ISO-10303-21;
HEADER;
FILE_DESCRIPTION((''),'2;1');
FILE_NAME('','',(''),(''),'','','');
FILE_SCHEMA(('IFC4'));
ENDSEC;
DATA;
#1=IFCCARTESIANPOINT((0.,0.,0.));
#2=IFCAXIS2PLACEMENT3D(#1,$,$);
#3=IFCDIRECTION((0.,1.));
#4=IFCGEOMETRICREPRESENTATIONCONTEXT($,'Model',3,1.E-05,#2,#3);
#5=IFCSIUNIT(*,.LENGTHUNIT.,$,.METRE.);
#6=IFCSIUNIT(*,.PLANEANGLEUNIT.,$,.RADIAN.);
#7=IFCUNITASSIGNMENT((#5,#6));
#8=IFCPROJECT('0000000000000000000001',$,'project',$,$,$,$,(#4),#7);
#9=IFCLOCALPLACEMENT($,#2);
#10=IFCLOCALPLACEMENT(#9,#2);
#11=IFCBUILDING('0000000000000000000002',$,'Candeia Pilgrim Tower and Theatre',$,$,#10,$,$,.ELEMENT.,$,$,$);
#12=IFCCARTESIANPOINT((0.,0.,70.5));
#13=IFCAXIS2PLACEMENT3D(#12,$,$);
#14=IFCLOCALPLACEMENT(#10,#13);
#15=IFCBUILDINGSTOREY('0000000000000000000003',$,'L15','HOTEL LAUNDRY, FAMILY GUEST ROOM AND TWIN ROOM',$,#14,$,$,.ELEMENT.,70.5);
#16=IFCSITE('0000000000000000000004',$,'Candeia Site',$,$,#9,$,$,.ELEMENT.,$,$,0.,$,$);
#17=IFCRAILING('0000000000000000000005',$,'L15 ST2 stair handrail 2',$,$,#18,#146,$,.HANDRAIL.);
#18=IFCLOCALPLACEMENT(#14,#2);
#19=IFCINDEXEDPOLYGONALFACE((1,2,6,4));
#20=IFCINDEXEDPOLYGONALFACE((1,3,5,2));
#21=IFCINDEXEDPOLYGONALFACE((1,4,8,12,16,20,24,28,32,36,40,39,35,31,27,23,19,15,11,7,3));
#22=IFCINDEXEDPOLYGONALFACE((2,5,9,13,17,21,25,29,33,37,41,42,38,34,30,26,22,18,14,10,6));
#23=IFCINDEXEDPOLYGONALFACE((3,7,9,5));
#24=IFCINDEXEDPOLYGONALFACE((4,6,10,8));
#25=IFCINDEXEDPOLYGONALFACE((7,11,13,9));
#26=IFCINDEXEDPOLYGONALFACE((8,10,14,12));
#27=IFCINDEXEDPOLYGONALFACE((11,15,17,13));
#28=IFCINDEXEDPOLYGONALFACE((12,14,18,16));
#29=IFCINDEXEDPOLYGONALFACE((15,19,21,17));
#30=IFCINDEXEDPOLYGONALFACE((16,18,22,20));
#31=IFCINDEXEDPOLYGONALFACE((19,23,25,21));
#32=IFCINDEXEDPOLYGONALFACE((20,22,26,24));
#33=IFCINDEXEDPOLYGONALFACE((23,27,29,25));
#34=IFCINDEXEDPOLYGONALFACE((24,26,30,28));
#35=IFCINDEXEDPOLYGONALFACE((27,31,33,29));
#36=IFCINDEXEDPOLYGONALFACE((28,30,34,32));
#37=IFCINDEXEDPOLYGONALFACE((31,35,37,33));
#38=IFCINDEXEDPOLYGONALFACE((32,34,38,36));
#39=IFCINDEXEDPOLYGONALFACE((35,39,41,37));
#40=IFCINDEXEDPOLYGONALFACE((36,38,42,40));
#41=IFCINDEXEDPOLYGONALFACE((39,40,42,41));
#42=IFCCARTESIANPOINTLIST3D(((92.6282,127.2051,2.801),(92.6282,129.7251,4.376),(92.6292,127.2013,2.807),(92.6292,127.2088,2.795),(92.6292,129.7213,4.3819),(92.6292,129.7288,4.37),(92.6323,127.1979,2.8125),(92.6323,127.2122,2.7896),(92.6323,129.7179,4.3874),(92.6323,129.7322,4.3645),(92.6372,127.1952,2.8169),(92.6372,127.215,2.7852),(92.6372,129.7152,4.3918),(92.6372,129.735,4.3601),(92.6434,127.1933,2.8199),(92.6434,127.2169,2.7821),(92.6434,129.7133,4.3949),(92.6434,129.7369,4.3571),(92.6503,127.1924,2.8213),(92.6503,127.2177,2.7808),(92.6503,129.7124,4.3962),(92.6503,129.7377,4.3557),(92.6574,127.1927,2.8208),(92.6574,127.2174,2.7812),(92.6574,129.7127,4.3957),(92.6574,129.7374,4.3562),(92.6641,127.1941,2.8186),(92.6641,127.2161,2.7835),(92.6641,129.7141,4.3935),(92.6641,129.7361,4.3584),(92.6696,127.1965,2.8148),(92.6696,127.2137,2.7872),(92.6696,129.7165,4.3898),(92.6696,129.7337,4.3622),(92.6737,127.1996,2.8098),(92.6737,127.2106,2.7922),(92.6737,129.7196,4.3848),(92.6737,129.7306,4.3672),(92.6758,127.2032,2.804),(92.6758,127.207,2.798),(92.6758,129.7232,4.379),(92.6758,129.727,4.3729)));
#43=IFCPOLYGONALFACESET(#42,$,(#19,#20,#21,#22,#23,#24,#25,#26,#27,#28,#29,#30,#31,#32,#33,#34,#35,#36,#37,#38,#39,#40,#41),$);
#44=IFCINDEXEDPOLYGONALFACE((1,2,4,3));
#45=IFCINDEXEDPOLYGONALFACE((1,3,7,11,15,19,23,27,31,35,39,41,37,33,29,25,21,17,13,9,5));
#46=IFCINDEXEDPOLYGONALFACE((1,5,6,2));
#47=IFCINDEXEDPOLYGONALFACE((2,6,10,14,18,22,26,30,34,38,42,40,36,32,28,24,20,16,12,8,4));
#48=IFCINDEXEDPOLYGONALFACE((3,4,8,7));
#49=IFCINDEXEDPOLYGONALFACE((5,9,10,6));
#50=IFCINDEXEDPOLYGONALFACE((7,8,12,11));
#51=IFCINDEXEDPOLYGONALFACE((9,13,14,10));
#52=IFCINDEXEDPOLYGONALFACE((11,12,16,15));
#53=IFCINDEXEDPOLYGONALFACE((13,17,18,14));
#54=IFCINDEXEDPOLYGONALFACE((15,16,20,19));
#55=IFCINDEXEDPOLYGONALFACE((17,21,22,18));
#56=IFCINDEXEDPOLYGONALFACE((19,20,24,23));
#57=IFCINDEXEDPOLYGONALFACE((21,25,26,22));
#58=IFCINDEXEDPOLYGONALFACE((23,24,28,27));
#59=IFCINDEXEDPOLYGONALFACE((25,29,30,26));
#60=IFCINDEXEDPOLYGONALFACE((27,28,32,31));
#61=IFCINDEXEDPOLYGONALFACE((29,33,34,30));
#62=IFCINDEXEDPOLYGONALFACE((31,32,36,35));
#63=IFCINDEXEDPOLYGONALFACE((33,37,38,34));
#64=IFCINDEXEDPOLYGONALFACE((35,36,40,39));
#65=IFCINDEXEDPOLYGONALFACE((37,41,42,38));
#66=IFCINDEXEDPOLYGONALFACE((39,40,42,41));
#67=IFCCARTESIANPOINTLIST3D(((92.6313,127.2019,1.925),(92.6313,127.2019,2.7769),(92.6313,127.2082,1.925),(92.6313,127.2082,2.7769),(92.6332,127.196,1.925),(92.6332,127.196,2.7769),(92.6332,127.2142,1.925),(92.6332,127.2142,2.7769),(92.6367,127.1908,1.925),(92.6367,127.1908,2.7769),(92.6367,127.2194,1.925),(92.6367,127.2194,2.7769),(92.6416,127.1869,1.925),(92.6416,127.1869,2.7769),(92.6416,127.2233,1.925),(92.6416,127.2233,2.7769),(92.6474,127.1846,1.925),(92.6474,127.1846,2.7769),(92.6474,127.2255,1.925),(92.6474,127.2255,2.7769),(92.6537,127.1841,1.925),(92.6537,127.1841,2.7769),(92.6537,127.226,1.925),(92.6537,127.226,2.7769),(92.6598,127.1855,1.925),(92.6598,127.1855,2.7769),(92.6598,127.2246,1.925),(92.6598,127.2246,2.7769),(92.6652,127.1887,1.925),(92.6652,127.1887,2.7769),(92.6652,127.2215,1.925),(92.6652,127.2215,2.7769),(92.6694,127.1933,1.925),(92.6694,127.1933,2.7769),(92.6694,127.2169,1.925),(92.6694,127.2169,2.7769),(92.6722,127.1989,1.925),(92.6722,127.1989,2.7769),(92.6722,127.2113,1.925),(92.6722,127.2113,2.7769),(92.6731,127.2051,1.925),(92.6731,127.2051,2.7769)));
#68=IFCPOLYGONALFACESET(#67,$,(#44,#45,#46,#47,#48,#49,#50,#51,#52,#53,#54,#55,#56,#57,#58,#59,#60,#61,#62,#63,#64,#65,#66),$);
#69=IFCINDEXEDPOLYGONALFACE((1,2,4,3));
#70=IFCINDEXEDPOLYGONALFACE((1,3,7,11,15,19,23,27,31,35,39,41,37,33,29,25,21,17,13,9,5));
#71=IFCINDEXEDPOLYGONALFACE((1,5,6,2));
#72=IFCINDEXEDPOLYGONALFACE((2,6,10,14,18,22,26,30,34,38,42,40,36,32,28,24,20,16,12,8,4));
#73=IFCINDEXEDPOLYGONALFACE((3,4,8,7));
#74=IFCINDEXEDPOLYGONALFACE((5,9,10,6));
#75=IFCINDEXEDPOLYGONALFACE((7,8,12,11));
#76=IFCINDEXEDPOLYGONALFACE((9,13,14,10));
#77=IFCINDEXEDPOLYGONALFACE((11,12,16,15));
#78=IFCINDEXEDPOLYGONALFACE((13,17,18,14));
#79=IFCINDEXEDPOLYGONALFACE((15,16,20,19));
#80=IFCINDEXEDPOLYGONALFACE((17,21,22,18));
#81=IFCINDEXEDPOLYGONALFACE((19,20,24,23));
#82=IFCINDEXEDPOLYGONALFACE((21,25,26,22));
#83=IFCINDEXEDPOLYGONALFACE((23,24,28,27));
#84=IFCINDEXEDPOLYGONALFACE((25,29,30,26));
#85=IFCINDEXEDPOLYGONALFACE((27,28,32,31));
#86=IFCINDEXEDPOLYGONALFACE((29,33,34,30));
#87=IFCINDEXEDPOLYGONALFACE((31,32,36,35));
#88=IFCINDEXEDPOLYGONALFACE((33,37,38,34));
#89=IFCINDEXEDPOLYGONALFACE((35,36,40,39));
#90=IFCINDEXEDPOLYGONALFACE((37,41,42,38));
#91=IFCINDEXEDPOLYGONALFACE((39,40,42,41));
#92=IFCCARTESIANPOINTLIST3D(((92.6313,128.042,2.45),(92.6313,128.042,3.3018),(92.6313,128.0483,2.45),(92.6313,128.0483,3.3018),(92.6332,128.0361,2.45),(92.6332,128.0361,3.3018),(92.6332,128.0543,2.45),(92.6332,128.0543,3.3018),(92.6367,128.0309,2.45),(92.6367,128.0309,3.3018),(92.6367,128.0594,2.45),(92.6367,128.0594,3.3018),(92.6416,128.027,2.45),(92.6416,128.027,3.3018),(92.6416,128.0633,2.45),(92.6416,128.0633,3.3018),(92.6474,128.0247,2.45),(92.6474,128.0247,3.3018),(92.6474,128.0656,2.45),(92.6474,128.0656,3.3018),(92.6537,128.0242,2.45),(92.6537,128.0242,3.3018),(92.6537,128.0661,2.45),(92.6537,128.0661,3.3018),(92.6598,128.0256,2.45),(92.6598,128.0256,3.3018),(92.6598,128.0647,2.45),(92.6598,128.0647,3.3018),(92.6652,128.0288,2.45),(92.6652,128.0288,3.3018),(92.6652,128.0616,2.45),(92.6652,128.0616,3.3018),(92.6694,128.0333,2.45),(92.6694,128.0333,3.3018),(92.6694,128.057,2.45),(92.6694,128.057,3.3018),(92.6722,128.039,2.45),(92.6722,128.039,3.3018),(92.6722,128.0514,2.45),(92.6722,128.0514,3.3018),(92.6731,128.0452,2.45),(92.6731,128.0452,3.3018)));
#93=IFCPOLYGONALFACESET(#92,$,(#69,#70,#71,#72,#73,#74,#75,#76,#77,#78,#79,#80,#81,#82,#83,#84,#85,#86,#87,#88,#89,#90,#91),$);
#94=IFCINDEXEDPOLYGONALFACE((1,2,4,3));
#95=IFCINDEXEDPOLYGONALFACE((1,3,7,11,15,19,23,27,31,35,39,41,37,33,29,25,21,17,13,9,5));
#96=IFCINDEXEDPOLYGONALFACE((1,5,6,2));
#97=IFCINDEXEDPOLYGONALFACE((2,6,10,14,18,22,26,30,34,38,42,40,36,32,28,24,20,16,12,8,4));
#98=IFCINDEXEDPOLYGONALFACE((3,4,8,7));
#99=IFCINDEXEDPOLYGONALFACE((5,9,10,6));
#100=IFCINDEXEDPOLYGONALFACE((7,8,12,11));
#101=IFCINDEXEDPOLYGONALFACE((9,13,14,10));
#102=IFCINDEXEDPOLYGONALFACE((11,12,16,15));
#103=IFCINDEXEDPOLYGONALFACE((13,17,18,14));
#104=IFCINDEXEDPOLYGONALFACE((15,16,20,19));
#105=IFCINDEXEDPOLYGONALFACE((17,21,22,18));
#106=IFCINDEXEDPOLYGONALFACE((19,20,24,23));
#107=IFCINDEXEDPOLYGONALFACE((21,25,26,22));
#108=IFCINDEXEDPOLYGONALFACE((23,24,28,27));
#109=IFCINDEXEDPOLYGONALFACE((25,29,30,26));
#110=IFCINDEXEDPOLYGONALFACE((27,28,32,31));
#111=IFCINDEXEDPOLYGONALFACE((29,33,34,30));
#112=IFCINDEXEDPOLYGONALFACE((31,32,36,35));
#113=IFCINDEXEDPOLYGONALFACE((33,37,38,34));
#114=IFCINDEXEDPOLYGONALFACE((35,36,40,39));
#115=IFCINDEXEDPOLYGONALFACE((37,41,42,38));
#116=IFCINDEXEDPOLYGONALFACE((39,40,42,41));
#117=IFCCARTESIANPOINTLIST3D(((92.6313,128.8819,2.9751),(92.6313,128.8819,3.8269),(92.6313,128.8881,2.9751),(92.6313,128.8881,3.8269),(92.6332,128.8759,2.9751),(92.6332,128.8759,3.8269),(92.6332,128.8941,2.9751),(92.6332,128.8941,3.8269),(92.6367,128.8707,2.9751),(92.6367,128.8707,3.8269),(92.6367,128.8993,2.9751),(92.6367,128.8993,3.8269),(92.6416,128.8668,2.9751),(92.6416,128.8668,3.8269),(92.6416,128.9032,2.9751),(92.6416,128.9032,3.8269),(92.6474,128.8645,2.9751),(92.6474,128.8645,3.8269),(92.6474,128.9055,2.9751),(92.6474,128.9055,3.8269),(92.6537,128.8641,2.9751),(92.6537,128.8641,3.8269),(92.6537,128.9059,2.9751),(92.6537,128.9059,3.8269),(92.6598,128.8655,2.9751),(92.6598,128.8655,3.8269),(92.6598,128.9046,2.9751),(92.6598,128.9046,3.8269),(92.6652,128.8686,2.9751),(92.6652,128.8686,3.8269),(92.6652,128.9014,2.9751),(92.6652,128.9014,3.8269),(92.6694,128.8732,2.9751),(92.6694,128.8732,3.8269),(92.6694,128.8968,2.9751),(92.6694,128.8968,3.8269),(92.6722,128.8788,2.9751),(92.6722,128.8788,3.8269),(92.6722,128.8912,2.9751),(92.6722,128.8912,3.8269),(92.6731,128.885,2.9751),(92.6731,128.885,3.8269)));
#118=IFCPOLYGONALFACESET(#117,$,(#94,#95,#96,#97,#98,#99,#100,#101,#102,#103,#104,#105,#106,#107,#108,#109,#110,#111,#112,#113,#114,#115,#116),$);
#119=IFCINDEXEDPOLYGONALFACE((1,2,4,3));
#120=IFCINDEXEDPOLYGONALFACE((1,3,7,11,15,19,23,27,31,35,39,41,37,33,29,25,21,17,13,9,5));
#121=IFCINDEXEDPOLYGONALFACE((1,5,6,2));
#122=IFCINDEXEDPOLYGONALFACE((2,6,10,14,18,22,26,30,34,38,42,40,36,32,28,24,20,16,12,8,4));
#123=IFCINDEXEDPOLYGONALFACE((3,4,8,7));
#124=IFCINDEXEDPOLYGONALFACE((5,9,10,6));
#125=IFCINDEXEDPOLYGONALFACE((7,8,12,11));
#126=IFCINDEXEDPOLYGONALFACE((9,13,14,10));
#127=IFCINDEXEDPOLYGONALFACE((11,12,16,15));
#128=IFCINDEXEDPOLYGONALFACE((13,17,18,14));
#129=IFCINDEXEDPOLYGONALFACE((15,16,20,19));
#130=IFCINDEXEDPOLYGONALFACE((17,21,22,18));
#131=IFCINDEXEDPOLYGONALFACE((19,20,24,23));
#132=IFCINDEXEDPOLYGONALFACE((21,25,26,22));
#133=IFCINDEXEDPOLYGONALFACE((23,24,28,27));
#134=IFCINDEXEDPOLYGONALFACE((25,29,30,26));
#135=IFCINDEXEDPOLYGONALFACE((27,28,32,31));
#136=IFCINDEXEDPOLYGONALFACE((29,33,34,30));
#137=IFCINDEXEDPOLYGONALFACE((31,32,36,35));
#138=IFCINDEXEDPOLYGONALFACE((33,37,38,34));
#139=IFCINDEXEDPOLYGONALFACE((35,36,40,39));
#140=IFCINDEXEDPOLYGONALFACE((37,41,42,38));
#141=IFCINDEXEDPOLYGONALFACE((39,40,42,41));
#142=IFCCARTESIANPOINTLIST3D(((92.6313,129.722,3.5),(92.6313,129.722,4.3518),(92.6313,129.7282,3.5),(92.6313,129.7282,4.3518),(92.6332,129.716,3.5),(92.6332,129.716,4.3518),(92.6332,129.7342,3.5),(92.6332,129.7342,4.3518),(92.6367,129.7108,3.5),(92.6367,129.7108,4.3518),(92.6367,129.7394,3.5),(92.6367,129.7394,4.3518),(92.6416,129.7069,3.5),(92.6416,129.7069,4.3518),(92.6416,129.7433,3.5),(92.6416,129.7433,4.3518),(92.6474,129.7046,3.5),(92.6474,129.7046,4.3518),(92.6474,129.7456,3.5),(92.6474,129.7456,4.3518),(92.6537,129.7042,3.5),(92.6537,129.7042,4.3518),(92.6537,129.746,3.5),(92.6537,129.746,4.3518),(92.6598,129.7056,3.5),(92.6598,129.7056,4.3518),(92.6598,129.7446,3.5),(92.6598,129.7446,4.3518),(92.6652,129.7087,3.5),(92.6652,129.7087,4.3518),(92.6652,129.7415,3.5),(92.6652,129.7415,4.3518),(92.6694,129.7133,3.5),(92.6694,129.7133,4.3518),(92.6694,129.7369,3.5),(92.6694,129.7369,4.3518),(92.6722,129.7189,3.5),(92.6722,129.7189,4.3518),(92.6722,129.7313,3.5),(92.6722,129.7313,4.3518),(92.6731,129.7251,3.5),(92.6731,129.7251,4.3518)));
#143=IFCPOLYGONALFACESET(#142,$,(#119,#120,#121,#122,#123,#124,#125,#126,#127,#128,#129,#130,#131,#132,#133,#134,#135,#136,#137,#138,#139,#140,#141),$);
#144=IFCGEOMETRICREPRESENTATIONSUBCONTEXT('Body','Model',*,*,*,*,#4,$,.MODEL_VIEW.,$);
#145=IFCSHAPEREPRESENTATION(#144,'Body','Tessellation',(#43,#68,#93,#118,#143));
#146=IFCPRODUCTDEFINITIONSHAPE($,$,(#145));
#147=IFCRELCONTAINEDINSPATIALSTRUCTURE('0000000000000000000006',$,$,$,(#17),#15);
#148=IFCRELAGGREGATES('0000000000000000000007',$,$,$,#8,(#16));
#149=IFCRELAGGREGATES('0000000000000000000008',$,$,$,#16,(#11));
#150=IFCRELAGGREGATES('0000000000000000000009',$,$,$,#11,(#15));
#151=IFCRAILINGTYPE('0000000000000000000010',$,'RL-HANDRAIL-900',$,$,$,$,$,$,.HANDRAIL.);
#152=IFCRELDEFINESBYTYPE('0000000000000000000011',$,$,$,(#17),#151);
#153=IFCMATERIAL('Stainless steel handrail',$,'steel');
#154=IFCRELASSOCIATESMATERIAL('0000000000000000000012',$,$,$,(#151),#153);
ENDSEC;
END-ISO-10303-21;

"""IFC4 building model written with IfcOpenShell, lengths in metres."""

from ifc_helpers import new_model, si_unit, direction, frame, origin, origin_2d, place, context, subcontext, project, spatial, circle, extrude, material, type_object, element, save


model = new_model("IFC4")

# Units and contexts
model_context = context("Model", 3, precision=1e-05, world=origin(), true_north=direction((0.0, 1.0)))
body_context = subcontext(model_context, "Body", "Model", "MODEL_VIEW")
ifc_project = project(units=[si_unit("LENGTHUNIT", "METRE"), si_unit("PLANEANGLEUNIT", "RADIAN")], contexts=[model_context])

# Site, building, storey
site_placement = place(None, origin())
site = spatial("IfcSite", under=ifc_project, at=site_placement, Name="Candeia Site", CompositionType="ELEMENT", RefElevation=0.0)
building_placement = place(site_placement, origin())
building = spatial("IfcBuilding", under=site, at=building_placement, Name="Candeia Pilgrim Tower and Theatre", CompositionType="ELEMENT")
storey_placement = place(building_placement, frame((0.0, 0.0, 70.5)))
storey = spatial("IfcBuildingStorey", under=building, at=storey_placement, Name="L15", Description="HOTEL LAUNDRY, FAMILY GUEST ROOM AND TWIN ROOM", CompositionType="ELEMENT", Elevation=70.5)

# Railing
ifc_material_1 = material(Name="Stainless steel handrail", Category="steel")
railing_type = type_object("IfcRailingType", Name="RL-HANDRAIL-900", PredefinedType="HANDRAIL", material=ifc_material_1)
for number, where, name in (
    (1, (92.6521, 127.2051, 1.925), "L15 ST2 stair handrail 2"),
):
    element("IfcRailing", number, at=place(storey_placement, frame(where)), inside=storey, type_object=railing_type, Name=name, PredefinedType="HANDRAIL", context=body_context, shape_type="SweptSolid", body=[
        extrude(circle(Radius=0.0239, at=origin_2d()), frame((0.0, 0.0, 0.876), z_axis=(0.0, 0.848008, 0.529984), x_axis=(-1.0, 0.0, 0.0)), (0.0, 0.0, 1.0), 2.9717),
        extrude(circle(Radius=0.021, at=origin_2d()), origin(), (0.0, 0.0, 1.0), 0.8518),
        extrude(circle(Radius=0.021, at=origin_2d()), frame((0.0, 0.8401, 0.5249)), (0.0, 0.0, 1.0), 0.8518),
        extrude(circle(Radius=0.021, at=origin_2d()), frame((0.0, 1.6799, 1.05)), (0.0, 0.0, 1.0), 0.8518),
        extrude(circle(Radius=0.021, at=origin_2d()), frame((0.0, 2.52, 1.575)), (0.0, 0.0, 1.0), 0.8518),
    ])

save(model, "model.ifc")
